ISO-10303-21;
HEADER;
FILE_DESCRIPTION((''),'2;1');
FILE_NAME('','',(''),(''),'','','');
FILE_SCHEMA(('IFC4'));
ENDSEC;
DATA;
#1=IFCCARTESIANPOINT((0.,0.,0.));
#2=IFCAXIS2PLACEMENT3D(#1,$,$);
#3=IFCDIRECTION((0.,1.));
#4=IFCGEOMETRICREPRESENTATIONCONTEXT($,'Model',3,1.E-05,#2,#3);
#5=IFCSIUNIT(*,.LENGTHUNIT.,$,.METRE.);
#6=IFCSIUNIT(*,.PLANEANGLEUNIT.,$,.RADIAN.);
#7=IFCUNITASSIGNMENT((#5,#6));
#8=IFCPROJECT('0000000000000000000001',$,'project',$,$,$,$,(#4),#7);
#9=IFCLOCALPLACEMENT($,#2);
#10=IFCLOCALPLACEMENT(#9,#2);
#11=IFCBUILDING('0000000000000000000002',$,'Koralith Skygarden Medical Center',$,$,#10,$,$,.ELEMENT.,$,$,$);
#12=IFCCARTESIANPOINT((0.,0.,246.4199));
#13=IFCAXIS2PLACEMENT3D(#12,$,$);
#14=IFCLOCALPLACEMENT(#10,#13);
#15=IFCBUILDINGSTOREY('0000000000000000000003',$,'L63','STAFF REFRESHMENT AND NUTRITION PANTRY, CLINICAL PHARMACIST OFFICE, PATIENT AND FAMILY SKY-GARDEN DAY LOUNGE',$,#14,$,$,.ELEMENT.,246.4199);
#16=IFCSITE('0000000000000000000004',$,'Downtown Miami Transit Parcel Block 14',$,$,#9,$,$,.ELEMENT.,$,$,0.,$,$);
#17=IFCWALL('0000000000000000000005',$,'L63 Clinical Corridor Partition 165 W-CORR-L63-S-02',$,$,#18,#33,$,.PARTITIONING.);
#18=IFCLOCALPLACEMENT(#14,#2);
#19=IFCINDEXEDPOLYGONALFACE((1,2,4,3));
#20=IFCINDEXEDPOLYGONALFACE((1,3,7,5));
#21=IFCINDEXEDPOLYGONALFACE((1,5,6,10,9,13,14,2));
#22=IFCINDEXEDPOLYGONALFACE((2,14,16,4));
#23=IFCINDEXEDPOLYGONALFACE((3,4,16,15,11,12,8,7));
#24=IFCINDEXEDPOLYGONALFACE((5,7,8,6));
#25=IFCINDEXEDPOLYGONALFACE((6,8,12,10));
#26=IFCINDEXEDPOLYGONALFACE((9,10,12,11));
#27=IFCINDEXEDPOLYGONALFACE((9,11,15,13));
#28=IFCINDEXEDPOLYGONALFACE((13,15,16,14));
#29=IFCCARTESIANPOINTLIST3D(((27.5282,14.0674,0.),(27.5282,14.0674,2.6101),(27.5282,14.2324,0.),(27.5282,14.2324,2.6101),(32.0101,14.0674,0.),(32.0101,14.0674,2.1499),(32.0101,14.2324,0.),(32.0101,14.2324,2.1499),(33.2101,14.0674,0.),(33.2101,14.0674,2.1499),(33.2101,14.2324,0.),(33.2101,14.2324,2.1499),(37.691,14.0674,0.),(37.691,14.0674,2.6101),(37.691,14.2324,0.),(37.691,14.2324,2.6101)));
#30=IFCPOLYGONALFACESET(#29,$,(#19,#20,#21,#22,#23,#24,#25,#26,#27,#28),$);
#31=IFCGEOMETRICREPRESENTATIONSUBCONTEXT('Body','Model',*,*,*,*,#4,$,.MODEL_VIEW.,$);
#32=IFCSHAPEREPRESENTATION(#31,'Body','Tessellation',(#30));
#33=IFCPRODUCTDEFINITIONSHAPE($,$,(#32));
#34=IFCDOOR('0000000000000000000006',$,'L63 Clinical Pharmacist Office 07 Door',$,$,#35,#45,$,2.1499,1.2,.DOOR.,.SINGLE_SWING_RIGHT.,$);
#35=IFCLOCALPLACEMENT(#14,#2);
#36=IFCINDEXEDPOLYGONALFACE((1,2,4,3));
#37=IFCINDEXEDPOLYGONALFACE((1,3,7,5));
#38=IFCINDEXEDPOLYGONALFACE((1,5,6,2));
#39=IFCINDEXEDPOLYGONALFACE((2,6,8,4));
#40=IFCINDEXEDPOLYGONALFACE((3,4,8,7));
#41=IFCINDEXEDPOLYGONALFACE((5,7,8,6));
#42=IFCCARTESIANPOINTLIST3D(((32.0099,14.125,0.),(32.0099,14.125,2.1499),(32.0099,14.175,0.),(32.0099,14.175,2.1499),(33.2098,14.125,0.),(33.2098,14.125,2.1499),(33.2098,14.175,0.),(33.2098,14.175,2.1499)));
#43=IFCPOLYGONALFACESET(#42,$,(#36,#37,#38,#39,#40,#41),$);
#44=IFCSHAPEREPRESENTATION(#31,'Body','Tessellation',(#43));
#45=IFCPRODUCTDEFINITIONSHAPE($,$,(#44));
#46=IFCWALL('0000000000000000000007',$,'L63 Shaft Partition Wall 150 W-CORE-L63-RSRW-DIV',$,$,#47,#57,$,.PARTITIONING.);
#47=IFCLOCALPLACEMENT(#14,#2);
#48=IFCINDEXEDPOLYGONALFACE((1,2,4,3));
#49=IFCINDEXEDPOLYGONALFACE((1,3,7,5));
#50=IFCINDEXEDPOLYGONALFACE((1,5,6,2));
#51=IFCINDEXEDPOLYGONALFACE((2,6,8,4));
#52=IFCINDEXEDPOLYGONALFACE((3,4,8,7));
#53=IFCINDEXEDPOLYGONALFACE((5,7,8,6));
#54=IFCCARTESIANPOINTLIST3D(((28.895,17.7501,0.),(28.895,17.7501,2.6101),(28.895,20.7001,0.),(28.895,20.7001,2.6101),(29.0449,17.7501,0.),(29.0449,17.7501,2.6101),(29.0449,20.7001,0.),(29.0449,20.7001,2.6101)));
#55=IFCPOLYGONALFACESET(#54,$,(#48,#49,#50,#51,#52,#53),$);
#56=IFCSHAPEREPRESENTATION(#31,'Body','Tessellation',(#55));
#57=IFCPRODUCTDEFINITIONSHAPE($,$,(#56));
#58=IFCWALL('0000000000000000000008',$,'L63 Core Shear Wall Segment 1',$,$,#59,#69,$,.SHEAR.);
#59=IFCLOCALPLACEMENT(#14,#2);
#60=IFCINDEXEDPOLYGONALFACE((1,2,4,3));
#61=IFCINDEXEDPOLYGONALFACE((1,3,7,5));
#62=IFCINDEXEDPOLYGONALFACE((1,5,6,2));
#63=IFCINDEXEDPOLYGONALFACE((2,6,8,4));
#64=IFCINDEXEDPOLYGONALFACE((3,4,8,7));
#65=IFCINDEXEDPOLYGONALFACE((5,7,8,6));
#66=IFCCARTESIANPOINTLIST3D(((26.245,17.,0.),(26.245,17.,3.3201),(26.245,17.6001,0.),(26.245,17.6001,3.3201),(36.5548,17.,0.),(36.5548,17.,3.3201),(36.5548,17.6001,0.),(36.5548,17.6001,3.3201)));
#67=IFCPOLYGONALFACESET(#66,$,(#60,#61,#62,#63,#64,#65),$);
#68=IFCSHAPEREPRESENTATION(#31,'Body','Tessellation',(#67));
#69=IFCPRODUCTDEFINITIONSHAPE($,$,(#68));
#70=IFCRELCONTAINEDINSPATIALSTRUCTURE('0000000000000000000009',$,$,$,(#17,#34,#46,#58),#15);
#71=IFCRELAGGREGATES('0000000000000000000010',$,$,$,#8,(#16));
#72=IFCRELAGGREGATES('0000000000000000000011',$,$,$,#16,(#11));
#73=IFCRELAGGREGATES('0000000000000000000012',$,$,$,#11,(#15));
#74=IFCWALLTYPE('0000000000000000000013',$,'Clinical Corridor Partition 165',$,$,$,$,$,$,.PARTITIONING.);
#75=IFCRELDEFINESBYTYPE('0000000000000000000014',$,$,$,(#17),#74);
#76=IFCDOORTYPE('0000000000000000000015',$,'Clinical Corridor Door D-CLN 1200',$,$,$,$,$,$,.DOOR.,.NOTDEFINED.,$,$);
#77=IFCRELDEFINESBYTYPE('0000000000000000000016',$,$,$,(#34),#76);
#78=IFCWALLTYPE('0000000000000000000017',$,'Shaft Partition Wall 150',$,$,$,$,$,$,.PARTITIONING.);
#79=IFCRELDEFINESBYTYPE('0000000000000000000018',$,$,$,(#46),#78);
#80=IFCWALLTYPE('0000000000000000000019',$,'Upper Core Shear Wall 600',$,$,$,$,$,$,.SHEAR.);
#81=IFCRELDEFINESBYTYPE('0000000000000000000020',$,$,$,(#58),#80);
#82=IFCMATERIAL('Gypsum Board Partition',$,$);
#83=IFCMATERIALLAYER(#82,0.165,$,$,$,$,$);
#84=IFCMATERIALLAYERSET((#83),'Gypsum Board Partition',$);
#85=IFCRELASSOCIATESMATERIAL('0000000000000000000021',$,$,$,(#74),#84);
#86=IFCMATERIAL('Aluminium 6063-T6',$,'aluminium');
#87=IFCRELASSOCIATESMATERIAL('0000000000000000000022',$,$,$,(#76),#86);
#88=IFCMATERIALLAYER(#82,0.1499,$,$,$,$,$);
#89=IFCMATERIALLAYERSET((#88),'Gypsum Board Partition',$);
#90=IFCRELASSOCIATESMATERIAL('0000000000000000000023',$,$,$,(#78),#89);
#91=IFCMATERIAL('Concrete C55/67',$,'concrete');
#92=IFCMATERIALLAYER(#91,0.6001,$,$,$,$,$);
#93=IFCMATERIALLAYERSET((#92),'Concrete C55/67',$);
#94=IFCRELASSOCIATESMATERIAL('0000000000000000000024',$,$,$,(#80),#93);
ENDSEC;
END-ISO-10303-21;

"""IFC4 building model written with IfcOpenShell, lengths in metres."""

from ifc_helpers import new_model, si_unit, direction, frame, frame_2d, origin, place, context, subcontext, project, spatial, rectangle, extrude, material, layer, layer_set, type_object, element, fill, save


model = new_model("IFC4")

# Units and contexts
model_context = context("Model", 3, precision=1e-05, world=origin(), true_north=direction((0.0, 1.0)))
body_context = subcontext(model_context, "Body", "Model", "MODEL_VIEW")
ifc_project = project(units=[si_unit("LENGTHUNIT", "METRE"), si_unit("PLANEANGLEUNIT", "RADIAN")], contexts=[model_context])

# Site, building, storey
site_placement = place(None, origin())
site = spatial("IfcSite", under=ifc_project, at=site_placement, Name="Downtown Miami Transit Parcel Block 14", CompositionType="ELEMENT", RefElevation=0.0)
building_placement = place(site_placement, origin())
building = spatial("IfcBuilding", under=site, at=building_placement, Name="Koralith Skygarden Medical Center", CompositionType="ELEMENT")
storey_placement = place(building_placement, frame((0.0, 0.0, 246.4199)))
storey = spatial("IfcBuildingStorey", under=building, at=storey_placement, Name="L63", Description="STAFF REFRESHMENT AND NUTRITION PANTRY, CLINICAL PHARMACIST OFFICE, PATIENT AND FAMILY SKY-GARDEN DAY LOUNGE", CompositionType="ELEMENT", Elevation=246.4199)

# Shared definitions
ifc_material_1 = material(Name="Concrete C55/67", Category="concrete")

# Shared definitions
ifc_material_2 = material(Name="Aluminium 6063-T6", Category="aluminium")

# Shared definitions
ifc_material_3 = material(Name="Gypsum Board Partition")

# Wall, opening, door
ifc_layer_1 = layer(ifc_material_3, 0.165)
ifc_layer_set_1 = layer_set([ifc_layer_1], Name="Gypsum Board Partition")
wall_type_1 = type_object("IfcWallType", Name="Clinical Corridor Partition 165", PredefinedType="PARTITIONING", material=ifc_layer_set_1)
door_type_1 = type_object("IfcDoorType", Name="Clinical Corridor Door D-CLN 1200", OperationType="NOTDEFINED", PredefinedType="DOOR", material=ifc_material_2)
wall_1_placement = place(storey_placement, frame((27.5281, 14.1499, 0.0), z_axis=(0.0, 0.0, 1.0), x_axis=(1.0, 0.0, 0.0)))
wall_1 = element("IfcWall", 1, at=wall_1_placement, inside=storey, type_object=wall_type_1, Name="L63 Clinical Corridor Partition 165 W-CORR-L63-S-02", PredefinedType="PARTITIONING", context=body_context, shape_type="SweptSolid", body=[
    extrude(rectangle(XDim=10.1628, YDim=0.165, at=frame_2d((5.0815, 0.0))), origin(), (0.0, 0.0, 1.0), 2.6101),
])
opening_1_placement = place(wall_1_placement, frame((4.4819, 0.0, 0.0)))
opening_1 = element("IfcOpeningElement", 2, at=opening_1_placement, cuts=wall_1, PredefinedType="OPENING", context=body_context, shape_type="SweptSolid", body=[
    extrude(rectangle(XDim=1.2, YDim=2.1499, at=frame_2d((0.6001, 1.075))), frame((0.0, 0.0925, 0.0), z_axis=(0.0, -1.0, 0.0), x_axis=(1.0, 0.0, 0.0)), (0.0, 0.0, 1.0), 0.1851),
])
door_1_placement = place(opening_1_placement, frame((1.2, 0.0, 0.0), z_axis=(0.0, 0.0, 1.0), x_axis=(-1.0, 0.0, 0.0)))
door_1 = element("IfcDoor", 3, at=door_1_placement, inside=storey, type_object=door_type_1, Name="L63 Clinical Pharmacist Office 07 Door", OperationType="SINGLE_SWING_RIGHT", OverallHeight=2.1499, OverallWidth=1.2, PredefinedType="DOOR", context=body_context, shape_type="SweptSolid", body=[
    extrude(rectangle(XDim=1.2, YDim=2.1499, at=frame_2d((0.6001, 1.075))), frame((0.0, 0.0249, 0.0), z_axis=(0.0, -1.0, 0.0), x_axis=(1.0, 0.0, 0.0)), (0.0, 0.0, 1.0), 0.05),
])
fill(opening_1, door_1)

# Walls
ifc_layer_2 = layer(ifc_material_3, 0.1499)
ifc_layer_set_2 = layer_set([ifc_layer_2], Name="Gypsum Board Partition")
wall_type_2 = type_object("IfcWallType", Name="Shaft Partition Wall 150", PredefinedType="PARTITIONING", material=ifc_layer_set_2)
wall_2_placement = place(storey_placement, frame((28.97, 17.75, 0.0), z_axis=(0.0, 0.0, 1.0), x_axis=(0.0, 1.0, 0.0)))
element("IfcWall", 4, at=wall_2_placement, inside=storey, type_object=wall_type_2, Name="L63 Shaft Partition Wall 150 W-CORE-L63-RSRW-DIV", PredefinedType="PARTITIONING", context=body_context, shape_type="SweptSolid", body=[
    extrude(rectangle(XDim=2.95, YDim=0.1499, at=frame_2d((1.4751, 0.0))), origin(), (0.0, 0.0, 1.0), 2.6101),
])
ifc_layer_3 = layer(ifc_material_1, 0.6001)
ifc_layer_set_3 = layer_set([ifc_layer_3], Name="Concrete C55/67")
wall_type_3 = type_object("IfcWallType", Name="Upper Core Shear Wall 600", PredefinedType="SHEAR", material=ifc_layer_set_3)
wall_3_placement = place(storey_placement, frame((26.2451, 17.3, 0.0), z_axis=(0.0, 0.0, 1.0), x_axis=(1.0, 0.0, 0.0)))
element("IfcWall", 5, at=wall_3_placement, inside=storey, type_object=wall_type_3, Name="L63 Core Shear Wall Segment 1", PredefinedType="SHEAR", context=body_context, shape_type="SweptSolid", body=[
    extrude(rectangle(XDim=10.3098, YDim=0.6001, at=frame_2d((5.1548, 0.0))), origin(), (0.0, 0.0, 1.0), 3.3201),
])

save(model, "model.ifc")
